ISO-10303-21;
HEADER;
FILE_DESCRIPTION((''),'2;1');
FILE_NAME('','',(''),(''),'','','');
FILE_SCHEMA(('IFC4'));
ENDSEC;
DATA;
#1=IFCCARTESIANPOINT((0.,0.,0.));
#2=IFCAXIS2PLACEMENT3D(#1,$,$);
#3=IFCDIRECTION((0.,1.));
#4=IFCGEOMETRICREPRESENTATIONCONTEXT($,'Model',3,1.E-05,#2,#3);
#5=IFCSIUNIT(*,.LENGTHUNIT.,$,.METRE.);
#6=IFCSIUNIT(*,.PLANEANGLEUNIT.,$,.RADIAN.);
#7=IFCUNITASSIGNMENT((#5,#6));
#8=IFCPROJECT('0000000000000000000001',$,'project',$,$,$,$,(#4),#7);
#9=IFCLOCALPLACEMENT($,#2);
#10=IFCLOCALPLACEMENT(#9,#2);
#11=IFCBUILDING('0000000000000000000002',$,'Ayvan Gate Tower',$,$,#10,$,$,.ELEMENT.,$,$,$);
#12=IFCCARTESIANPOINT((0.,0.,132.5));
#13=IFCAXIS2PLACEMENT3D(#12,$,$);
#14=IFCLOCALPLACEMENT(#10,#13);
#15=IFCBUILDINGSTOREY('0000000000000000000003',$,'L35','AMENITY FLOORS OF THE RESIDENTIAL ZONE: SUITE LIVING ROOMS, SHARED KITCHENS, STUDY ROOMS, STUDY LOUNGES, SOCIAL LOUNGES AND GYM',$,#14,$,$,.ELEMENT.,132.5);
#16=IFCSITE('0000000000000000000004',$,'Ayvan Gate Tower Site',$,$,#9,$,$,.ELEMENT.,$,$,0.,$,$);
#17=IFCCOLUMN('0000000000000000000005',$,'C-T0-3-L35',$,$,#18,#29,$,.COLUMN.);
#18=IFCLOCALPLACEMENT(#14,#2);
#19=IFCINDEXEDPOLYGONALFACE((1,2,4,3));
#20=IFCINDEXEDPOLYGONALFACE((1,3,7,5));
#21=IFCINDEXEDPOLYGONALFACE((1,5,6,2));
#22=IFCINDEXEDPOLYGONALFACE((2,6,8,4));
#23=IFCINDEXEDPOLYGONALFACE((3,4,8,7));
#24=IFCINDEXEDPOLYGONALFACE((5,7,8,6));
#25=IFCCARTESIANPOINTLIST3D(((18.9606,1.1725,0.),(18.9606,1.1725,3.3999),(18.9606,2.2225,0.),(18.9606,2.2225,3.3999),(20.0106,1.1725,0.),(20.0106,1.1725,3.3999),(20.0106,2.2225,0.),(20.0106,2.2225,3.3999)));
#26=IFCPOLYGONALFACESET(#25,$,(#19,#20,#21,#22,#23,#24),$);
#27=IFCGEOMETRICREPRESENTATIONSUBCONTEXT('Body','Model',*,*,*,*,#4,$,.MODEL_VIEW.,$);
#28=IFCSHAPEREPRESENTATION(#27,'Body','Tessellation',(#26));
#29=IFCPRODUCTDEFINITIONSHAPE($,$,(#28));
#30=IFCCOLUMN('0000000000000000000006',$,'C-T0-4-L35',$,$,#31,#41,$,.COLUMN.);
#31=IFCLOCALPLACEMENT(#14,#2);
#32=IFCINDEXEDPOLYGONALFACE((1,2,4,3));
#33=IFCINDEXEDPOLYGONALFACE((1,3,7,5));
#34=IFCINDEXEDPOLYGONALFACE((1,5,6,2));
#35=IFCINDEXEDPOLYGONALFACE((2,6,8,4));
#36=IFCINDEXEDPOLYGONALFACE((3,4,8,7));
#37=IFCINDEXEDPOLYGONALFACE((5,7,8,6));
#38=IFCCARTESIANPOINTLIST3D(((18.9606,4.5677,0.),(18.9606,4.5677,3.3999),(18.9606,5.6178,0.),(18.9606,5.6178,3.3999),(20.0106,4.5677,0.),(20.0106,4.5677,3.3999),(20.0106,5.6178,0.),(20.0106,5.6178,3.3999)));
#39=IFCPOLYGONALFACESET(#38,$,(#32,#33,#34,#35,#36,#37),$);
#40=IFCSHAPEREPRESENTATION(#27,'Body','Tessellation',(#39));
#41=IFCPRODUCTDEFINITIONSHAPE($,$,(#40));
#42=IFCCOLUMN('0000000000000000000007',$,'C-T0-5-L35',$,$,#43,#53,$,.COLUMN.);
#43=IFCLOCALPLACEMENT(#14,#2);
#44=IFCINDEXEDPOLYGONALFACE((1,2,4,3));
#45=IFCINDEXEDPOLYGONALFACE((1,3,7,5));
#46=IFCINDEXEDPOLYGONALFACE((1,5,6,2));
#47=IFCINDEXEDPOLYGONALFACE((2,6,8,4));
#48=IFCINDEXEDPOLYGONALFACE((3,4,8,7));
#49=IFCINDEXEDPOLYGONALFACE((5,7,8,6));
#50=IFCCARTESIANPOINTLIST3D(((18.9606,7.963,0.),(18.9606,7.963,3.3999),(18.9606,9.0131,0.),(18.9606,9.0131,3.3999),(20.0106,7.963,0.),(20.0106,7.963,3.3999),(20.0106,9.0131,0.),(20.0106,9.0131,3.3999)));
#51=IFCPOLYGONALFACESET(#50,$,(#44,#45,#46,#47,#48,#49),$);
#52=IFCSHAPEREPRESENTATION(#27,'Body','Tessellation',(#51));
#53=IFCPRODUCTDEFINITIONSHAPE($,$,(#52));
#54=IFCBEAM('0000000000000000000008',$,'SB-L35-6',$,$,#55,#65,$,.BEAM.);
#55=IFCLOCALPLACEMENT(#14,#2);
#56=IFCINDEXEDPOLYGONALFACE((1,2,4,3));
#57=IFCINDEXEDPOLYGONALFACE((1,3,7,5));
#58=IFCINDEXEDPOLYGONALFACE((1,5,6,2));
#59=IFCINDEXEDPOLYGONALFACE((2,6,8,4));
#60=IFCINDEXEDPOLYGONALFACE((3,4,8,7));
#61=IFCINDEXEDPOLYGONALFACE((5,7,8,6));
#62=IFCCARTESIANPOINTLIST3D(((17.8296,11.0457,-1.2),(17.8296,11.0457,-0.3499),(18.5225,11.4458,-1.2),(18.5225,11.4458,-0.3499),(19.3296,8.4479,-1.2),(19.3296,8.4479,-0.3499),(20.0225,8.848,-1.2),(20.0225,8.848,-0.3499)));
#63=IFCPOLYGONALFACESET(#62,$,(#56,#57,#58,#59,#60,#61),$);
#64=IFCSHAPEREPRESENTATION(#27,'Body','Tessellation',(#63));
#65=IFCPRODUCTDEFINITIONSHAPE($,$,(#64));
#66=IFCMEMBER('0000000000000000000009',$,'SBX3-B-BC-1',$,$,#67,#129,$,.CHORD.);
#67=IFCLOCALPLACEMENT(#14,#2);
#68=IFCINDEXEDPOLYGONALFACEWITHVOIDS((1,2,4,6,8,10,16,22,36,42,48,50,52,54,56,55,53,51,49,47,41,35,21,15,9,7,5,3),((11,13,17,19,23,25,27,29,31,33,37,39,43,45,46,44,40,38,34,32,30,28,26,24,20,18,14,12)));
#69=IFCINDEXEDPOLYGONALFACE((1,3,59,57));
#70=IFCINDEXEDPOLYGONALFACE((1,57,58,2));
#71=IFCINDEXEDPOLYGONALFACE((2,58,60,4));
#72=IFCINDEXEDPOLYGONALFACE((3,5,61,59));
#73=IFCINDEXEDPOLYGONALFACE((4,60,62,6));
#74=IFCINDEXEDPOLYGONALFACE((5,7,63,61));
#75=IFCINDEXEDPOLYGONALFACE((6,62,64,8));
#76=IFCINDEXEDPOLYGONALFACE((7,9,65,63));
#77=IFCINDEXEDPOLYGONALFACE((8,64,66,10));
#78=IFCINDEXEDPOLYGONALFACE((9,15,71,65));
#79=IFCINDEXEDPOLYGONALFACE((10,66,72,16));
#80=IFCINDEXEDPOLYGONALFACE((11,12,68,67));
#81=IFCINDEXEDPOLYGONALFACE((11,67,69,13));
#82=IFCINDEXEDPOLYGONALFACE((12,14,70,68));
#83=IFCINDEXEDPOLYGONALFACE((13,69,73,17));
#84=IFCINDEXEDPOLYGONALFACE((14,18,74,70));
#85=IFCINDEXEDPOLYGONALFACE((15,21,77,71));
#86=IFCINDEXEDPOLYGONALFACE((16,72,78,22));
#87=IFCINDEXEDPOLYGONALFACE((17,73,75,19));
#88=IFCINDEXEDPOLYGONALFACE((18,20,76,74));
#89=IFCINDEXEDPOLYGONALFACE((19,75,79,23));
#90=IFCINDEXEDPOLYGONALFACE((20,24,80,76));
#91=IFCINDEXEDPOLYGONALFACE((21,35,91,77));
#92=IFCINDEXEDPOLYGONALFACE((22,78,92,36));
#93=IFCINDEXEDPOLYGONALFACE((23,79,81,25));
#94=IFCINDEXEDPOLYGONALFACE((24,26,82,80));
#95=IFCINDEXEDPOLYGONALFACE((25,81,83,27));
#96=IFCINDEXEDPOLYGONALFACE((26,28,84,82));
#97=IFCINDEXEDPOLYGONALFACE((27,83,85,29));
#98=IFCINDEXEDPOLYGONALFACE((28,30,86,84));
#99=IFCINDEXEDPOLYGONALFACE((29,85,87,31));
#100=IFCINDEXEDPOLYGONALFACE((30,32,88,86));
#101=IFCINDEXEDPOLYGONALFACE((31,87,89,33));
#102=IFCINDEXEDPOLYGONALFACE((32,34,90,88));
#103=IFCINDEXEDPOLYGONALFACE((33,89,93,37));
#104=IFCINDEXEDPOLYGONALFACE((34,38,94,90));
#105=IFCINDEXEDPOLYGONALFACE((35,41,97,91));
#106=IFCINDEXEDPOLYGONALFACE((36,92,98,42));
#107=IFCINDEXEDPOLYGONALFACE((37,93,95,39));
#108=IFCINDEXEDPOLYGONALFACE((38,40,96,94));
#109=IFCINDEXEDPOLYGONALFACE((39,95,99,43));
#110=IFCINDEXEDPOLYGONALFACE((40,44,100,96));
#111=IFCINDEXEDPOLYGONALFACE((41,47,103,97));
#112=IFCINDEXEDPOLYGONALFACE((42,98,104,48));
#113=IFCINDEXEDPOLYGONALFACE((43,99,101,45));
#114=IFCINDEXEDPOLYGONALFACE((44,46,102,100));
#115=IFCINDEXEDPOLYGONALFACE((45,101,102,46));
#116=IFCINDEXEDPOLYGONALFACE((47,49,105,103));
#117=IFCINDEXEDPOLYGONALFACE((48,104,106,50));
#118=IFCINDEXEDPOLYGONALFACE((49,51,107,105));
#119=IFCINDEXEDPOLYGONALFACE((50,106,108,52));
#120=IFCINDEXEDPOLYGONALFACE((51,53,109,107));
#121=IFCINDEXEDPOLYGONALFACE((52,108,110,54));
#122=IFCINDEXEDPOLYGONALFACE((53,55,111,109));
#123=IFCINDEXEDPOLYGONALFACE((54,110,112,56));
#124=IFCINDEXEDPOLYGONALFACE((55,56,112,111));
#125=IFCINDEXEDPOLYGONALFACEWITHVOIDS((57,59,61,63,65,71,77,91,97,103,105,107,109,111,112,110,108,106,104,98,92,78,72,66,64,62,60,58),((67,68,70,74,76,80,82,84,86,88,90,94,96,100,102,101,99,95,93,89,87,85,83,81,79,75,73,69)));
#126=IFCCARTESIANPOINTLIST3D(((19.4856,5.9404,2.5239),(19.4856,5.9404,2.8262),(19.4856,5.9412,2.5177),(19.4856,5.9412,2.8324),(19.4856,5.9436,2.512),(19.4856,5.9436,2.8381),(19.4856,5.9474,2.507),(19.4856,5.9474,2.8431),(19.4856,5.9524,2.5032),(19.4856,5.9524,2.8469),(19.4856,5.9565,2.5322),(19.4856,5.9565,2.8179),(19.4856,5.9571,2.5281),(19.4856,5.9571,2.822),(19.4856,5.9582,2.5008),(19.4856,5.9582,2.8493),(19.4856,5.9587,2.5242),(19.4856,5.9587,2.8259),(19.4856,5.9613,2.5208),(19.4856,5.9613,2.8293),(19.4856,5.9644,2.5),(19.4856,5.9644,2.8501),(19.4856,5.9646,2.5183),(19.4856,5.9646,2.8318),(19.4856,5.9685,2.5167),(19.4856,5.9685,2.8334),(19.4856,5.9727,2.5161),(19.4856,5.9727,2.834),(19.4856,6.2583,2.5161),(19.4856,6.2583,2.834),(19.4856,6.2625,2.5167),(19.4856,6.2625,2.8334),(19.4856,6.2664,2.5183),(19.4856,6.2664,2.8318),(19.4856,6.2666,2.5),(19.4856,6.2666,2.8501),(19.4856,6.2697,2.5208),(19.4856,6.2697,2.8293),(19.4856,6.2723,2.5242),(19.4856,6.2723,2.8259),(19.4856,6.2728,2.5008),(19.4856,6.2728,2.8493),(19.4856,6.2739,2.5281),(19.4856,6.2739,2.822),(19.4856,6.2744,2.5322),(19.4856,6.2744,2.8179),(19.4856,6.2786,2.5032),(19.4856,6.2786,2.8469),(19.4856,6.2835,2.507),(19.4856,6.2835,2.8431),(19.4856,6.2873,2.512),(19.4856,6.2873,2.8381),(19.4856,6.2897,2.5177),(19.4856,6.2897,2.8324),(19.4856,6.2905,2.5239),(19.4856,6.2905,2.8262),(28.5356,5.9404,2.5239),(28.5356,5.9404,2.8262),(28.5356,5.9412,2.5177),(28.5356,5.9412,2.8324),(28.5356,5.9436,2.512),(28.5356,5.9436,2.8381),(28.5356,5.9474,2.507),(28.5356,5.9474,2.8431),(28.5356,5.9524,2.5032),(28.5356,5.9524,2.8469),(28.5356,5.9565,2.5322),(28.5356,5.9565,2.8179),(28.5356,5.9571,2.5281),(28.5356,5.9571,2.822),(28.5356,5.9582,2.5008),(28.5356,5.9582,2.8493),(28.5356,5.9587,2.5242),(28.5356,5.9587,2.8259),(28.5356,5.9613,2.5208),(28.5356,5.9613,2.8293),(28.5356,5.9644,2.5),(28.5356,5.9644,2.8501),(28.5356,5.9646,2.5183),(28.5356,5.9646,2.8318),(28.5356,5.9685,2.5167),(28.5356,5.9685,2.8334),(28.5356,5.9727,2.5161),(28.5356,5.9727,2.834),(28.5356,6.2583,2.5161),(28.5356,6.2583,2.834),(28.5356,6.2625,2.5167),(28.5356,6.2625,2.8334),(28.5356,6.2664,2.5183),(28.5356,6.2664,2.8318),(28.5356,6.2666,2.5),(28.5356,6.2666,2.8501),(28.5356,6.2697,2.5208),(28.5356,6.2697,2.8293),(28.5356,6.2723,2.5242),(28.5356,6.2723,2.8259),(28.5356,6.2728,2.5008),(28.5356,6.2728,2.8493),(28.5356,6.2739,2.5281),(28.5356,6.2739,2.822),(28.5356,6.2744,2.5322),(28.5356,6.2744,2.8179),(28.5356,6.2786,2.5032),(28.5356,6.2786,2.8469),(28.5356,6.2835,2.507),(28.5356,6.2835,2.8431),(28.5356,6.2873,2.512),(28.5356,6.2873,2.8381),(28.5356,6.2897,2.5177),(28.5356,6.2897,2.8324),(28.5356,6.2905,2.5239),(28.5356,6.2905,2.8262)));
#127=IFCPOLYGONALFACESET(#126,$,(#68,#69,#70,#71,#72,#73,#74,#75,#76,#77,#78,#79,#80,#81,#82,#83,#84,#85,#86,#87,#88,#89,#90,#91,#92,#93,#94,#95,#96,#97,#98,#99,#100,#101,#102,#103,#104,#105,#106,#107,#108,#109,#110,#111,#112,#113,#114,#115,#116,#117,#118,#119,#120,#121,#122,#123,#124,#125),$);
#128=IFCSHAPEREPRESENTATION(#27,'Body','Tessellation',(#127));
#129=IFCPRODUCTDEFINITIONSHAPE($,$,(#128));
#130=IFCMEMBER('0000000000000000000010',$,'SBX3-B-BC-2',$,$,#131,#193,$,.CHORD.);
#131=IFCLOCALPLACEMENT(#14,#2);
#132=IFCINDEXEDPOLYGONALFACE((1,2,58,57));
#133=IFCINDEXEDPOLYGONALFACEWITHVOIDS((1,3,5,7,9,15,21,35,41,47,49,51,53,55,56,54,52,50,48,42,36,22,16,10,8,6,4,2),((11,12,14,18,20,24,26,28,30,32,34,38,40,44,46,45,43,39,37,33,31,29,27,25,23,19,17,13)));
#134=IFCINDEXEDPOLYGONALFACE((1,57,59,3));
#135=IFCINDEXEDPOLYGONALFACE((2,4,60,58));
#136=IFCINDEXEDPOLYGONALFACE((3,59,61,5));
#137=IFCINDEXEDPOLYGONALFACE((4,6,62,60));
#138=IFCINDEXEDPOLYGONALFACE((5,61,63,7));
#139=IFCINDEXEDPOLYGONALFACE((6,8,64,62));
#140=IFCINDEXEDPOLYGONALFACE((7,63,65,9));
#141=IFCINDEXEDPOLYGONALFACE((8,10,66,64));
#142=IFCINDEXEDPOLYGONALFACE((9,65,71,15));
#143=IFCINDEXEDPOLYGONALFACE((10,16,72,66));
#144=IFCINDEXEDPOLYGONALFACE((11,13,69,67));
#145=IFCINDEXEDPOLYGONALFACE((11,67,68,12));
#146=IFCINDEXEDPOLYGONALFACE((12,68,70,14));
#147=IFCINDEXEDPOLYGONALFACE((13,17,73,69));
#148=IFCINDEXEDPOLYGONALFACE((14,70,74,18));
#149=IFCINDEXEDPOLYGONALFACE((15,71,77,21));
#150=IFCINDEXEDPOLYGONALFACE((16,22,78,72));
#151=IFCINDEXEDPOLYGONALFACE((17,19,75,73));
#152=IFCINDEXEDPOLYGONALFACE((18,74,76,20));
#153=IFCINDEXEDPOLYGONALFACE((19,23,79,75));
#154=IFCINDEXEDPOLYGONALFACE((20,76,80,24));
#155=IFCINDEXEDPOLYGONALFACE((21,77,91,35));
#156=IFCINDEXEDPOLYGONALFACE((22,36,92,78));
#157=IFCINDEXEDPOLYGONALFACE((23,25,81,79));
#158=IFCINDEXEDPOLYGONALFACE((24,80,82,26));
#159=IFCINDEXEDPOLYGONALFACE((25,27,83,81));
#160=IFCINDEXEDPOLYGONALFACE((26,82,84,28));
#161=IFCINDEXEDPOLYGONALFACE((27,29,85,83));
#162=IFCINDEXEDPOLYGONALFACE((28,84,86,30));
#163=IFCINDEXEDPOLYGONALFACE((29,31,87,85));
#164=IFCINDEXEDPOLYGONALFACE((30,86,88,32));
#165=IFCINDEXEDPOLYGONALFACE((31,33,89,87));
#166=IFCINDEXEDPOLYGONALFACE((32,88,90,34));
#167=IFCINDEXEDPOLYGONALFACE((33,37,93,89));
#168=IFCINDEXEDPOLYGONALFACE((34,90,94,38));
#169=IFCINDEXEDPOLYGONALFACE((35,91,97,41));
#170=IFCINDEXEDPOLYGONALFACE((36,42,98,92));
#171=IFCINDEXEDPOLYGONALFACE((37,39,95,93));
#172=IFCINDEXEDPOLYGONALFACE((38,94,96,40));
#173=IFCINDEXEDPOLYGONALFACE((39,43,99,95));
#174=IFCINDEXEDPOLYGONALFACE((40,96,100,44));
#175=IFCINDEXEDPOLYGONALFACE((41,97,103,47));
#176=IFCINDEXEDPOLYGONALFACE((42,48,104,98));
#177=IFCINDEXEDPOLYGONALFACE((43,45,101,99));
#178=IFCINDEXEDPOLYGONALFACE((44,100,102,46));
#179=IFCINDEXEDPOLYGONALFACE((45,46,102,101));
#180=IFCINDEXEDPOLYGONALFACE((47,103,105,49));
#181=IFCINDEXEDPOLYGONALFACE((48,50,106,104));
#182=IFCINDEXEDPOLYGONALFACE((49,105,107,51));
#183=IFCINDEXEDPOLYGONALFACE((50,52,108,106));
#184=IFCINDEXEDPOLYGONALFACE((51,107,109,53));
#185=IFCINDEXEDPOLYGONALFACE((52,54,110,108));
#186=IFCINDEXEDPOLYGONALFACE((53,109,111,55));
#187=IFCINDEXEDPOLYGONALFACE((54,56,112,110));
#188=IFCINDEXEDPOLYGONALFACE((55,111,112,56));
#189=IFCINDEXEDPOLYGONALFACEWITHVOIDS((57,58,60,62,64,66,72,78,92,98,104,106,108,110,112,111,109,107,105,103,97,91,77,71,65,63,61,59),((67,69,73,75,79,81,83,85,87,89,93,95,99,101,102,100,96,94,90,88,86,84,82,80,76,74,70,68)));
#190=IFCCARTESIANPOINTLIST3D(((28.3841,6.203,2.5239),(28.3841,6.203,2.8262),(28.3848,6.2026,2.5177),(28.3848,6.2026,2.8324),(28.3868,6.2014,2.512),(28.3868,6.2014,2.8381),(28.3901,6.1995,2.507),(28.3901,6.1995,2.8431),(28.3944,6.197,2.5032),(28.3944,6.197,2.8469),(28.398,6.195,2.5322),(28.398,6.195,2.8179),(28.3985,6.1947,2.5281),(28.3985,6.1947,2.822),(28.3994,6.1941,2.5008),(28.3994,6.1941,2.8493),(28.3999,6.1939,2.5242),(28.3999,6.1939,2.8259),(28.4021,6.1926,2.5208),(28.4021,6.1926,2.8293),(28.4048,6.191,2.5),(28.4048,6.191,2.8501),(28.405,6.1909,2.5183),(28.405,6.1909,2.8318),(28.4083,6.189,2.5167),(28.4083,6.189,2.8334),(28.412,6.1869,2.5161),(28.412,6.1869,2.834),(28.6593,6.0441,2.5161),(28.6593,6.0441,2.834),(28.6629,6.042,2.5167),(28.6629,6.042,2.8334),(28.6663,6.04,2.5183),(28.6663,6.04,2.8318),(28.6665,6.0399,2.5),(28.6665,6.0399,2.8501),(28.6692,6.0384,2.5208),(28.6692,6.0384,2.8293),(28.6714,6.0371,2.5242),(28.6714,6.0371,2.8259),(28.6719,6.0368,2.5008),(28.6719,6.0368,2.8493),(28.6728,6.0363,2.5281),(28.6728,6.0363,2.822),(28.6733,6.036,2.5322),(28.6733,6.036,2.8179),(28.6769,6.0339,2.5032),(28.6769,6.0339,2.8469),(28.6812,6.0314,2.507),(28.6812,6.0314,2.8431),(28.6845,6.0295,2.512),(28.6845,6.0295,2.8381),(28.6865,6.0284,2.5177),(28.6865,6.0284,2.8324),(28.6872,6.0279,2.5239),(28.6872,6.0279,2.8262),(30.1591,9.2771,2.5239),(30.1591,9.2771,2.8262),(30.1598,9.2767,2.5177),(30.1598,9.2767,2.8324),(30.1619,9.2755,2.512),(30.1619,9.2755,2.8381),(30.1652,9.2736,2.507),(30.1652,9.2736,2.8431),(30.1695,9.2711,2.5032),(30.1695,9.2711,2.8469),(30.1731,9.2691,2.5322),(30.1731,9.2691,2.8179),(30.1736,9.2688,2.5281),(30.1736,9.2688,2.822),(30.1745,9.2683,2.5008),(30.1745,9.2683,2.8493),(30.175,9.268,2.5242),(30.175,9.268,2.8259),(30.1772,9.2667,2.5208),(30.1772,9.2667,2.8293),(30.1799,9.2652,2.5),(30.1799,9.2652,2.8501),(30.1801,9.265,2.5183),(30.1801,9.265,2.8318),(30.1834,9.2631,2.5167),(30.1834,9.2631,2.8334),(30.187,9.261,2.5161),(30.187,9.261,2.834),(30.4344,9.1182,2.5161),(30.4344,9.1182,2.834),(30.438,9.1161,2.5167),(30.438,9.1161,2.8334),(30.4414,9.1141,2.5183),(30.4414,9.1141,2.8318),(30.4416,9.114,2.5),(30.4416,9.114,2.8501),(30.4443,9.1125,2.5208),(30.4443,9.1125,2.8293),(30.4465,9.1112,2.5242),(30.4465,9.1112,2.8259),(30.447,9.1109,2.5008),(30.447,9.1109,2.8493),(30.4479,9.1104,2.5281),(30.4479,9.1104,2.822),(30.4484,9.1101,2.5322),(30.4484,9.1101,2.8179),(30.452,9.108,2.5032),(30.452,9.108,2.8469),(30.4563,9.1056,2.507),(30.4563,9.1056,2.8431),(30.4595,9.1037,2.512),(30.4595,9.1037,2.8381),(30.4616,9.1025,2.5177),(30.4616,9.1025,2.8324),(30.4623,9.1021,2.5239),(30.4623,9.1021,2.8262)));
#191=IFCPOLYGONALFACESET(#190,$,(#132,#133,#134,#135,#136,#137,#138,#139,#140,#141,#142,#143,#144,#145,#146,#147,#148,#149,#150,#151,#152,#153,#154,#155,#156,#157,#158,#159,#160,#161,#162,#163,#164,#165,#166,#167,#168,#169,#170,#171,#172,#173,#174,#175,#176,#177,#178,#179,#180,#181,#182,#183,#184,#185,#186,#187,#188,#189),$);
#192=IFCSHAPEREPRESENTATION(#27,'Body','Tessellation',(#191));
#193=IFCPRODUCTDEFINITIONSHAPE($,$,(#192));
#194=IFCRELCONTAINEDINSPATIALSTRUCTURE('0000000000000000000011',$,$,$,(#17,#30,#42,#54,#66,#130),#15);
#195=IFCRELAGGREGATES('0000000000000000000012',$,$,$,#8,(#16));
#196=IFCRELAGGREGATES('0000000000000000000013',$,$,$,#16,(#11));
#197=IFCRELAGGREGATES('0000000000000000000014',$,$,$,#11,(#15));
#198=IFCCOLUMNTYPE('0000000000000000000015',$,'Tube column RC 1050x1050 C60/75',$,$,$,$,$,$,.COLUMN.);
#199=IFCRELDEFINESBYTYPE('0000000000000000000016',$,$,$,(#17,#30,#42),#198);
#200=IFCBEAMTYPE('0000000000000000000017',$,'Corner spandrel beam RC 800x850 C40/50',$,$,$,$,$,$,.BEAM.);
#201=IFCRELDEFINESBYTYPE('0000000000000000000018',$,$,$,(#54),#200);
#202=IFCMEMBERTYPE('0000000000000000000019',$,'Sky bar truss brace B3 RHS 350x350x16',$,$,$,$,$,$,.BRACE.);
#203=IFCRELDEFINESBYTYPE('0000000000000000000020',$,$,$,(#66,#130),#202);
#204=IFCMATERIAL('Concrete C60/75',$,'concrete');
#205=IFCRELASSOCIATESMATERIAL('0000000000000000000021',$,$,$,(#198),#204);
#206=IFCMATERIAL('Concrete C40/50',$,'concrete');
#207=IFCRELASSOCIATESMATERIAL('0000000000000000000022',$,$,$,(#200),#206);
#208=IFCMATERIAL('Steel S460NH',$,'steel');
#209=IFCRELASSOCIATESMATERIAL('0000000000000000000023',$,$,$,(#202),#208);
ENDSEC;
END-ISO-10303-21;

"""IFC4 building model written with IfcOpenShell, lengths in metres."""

from ifc_helpers import new_model, si_unit, direction, frame, origin, origin_2d, place, context, subcontext, project, spatial, rectangle, hollow_rectangle, extrude, material, material_profile, profile_set, type_object, element, save


model = new_model("IFC4")

# Units and contexts
model_context = context("Model", 3, precision=1e-05, world=origin(), true_north=direction((0.0, 1.0)))
body_context = subcontext(model_context, "Body", "Model", "MODEL_VIEW")
ifc_project = project(units=[si_unit("LENGTHUNIT", "METRE"), si_unit("PLANEANGLEUNIT", "RADIAN")], contexts=[model_context])

# Site, building, storey
site_placement = place(None, origin())
site = spatial("IfcSite", under=ifc_project, at=site_placement, Name="Ayvan Gate Tower Site", CompositionType="ELEMENT", RefElevation=0.0)
building_placement = place(site_placement, origin())
building = spatial("IfcBuilding", under=site, at=building_placement, Name="Ayvan Gate Tower", CompositionType="ELEMENT")
storey_placement = place(building_placement, frame((0.0, 0.0, 132.5)))
storey = spatial("IfcBuildingStorey", under=building, at=storey_placement, Name="L35", Description="AMENITY FLOORS OF THE RESIDENTIAL ZONE: SUITE LIVING ROOMS, SHARED KITCHENS, STUDY ROOMS, STUDY LOUNGES, SOCIAL LOUNGES AND GYM", CompositionType="ELEMENT", Elevation=132.5)

# Columns
ifc_material_1 = material(Name="Concrete C60/75", Category="concrete")
ifc_material_profile_1 = material_profile(ifc_material_1, rectangle(XDim=1.05, YDim=1.05, at=origin_2d()), Name="RC 1050x1050")
ifc_profile_set_1 = profile_set([ifc_material_profile_1], Name="Concrete C60/75")
column_type = type_object("IfcColumnType", Name="Tube column RC 1050x1050 C60/75", PredefinedType="COLUMN", material=ifc_profile_set_1)
for number, where, z_axis, x_axis, name in (
    (1, (19.4856, 1.6975, 0.0), (0.0, 0.0, 1.0), (1.0, 0.0, 0.0), "C-T0-3-L35"),
    (2, (19.4856, 5.0928, 0.0), (0.0, 0.0, 1.0), (1.0, 0.0, 0.0), "C-T0-4-L35"),
    (3, (19.4856, 8.488, 0.0), (0.0, 0.0, 1.0), (1.0, 0.0, 0.0), "C-T0-5-L35"),
):
    element("IfcColumn", number, at=place(storey_placement, frame(where, z_axis=z_axis, x_axis=x_axis)), inside=storey, type_object=column_type, Name=name, PredefinedType="COLUMN", context=body_context, shape_type="SweptSolid", body=[
        extrude(rectangle(XDim=1.05, YDim=1.05, at=origin_2d()), origin(), (0.0, 0.0, 1.0), 3.3999),
    ])

# Beam
ifc_material_2 = material(Name="Concrete C40/50", Category="concrete")
ifc_material_profile_2 = material_profile(ifc_material_2, rectangle(XDim=0.8, YDim=0.8501, at=origin_2d()), Name="RC 800x850")
ifc_profile_set_2 = profile_set([ifc_material_profile_2], Name="Concrete C40/50")
beam_type_1 = type_object("IfcBeamType", Name="Corner spandrel beam RC 800x850 C40/50", PredefinedType="BEAM", material=ifc_profile_set_2)
beam_1_placement = place(storey_placement, frame((19.676, 8.6479, -0.7749), z_axis=(-0.500025, 0.866011, 0.0), x_axis=(-0.866011, -0.500025, 0.0)))
element("IfcBeam", 4, at=beam_1_placement, inside=storey, type_object=beam_type_1, Name="SB-L35-6", PredefinedType="BEAM", context=body_context, shape_type="SweptSolid", body=[
    extrude(rectangle(XDim=0.8, YDim=0.8501, at=origin_2d()), origin(), (0.0, 0.0, 1.0), 2.9998),
])

# Members
ifc_material_3 = material(Name="Steel S460NH", Category="steel")
ifc_material_profile_3 = material_profile(ifc_material_3, hollow_rectangle(XDim=0.3501, YDim=0.3501, WallThickness=0.0161, InnerFilletRadius=0.0161, OuterFilletRadius=0.0239, at=origin_2d()), Name="RHS 350x350x16")
ifc_profile_set_3 = profile_set([ifc_material_profile_3], Name="Steel S460NH")
member_type_1 = type_object("IfcMemberType", Name="Sky bar truss brace B3 RHS 350x350x16", PredefinedType="BRACE", material=ifc_profile_set_3)
member_1_placement = place(storey_placement, frame((19.4856, 6.1155, 2.675), z_axis=(1.0, 0.0, 0.0), x_axis=(0.0, 1.0, 0.0)))
element("IfcMember", 5, at=member_1_placement, inside=storey, type_object=member_type_1, Name="SBX3-B-BC-1", PredefinedType="CHORD", context=body_context, shape_type="SweptSolid", body=[
    extrude(hollow_rectangle(XDim=0.3501, YDim=0.3501, WallThickness=0.0161, InnerFilletRadius=0.0161, OuterFilletRadius=0.0239, at=origin_2d()), origin(), (0.0, 0.0, 1.0), 9.05),
])
member_2_placement = place(storey_placement, frame((28.5356, 6.1155, 2.675), z_axis=(0.500052, 0.865995, 0.0), x_axis=(-0.865995, 0.500052, 0.0)))
element("IfcMember", 6, at=member_2_placement, inside=storey, type_object=member_type_1, Name="SBX3-B-BC-2", PredefinedType="CHORD", context=body_context, shape_type="SweptSolid", body=[
    extrude(hollow_rectangle(XDim=0.3501, YDim=0.3501, WallThickness=0.0161, InnerFilletRadius=0.0161, OuterFilletRadius=0.0239, at=origin_2d()), origin(), (0.0, 0.0, 1.0), 3.5498),
])

save(model, "model.ifc")
